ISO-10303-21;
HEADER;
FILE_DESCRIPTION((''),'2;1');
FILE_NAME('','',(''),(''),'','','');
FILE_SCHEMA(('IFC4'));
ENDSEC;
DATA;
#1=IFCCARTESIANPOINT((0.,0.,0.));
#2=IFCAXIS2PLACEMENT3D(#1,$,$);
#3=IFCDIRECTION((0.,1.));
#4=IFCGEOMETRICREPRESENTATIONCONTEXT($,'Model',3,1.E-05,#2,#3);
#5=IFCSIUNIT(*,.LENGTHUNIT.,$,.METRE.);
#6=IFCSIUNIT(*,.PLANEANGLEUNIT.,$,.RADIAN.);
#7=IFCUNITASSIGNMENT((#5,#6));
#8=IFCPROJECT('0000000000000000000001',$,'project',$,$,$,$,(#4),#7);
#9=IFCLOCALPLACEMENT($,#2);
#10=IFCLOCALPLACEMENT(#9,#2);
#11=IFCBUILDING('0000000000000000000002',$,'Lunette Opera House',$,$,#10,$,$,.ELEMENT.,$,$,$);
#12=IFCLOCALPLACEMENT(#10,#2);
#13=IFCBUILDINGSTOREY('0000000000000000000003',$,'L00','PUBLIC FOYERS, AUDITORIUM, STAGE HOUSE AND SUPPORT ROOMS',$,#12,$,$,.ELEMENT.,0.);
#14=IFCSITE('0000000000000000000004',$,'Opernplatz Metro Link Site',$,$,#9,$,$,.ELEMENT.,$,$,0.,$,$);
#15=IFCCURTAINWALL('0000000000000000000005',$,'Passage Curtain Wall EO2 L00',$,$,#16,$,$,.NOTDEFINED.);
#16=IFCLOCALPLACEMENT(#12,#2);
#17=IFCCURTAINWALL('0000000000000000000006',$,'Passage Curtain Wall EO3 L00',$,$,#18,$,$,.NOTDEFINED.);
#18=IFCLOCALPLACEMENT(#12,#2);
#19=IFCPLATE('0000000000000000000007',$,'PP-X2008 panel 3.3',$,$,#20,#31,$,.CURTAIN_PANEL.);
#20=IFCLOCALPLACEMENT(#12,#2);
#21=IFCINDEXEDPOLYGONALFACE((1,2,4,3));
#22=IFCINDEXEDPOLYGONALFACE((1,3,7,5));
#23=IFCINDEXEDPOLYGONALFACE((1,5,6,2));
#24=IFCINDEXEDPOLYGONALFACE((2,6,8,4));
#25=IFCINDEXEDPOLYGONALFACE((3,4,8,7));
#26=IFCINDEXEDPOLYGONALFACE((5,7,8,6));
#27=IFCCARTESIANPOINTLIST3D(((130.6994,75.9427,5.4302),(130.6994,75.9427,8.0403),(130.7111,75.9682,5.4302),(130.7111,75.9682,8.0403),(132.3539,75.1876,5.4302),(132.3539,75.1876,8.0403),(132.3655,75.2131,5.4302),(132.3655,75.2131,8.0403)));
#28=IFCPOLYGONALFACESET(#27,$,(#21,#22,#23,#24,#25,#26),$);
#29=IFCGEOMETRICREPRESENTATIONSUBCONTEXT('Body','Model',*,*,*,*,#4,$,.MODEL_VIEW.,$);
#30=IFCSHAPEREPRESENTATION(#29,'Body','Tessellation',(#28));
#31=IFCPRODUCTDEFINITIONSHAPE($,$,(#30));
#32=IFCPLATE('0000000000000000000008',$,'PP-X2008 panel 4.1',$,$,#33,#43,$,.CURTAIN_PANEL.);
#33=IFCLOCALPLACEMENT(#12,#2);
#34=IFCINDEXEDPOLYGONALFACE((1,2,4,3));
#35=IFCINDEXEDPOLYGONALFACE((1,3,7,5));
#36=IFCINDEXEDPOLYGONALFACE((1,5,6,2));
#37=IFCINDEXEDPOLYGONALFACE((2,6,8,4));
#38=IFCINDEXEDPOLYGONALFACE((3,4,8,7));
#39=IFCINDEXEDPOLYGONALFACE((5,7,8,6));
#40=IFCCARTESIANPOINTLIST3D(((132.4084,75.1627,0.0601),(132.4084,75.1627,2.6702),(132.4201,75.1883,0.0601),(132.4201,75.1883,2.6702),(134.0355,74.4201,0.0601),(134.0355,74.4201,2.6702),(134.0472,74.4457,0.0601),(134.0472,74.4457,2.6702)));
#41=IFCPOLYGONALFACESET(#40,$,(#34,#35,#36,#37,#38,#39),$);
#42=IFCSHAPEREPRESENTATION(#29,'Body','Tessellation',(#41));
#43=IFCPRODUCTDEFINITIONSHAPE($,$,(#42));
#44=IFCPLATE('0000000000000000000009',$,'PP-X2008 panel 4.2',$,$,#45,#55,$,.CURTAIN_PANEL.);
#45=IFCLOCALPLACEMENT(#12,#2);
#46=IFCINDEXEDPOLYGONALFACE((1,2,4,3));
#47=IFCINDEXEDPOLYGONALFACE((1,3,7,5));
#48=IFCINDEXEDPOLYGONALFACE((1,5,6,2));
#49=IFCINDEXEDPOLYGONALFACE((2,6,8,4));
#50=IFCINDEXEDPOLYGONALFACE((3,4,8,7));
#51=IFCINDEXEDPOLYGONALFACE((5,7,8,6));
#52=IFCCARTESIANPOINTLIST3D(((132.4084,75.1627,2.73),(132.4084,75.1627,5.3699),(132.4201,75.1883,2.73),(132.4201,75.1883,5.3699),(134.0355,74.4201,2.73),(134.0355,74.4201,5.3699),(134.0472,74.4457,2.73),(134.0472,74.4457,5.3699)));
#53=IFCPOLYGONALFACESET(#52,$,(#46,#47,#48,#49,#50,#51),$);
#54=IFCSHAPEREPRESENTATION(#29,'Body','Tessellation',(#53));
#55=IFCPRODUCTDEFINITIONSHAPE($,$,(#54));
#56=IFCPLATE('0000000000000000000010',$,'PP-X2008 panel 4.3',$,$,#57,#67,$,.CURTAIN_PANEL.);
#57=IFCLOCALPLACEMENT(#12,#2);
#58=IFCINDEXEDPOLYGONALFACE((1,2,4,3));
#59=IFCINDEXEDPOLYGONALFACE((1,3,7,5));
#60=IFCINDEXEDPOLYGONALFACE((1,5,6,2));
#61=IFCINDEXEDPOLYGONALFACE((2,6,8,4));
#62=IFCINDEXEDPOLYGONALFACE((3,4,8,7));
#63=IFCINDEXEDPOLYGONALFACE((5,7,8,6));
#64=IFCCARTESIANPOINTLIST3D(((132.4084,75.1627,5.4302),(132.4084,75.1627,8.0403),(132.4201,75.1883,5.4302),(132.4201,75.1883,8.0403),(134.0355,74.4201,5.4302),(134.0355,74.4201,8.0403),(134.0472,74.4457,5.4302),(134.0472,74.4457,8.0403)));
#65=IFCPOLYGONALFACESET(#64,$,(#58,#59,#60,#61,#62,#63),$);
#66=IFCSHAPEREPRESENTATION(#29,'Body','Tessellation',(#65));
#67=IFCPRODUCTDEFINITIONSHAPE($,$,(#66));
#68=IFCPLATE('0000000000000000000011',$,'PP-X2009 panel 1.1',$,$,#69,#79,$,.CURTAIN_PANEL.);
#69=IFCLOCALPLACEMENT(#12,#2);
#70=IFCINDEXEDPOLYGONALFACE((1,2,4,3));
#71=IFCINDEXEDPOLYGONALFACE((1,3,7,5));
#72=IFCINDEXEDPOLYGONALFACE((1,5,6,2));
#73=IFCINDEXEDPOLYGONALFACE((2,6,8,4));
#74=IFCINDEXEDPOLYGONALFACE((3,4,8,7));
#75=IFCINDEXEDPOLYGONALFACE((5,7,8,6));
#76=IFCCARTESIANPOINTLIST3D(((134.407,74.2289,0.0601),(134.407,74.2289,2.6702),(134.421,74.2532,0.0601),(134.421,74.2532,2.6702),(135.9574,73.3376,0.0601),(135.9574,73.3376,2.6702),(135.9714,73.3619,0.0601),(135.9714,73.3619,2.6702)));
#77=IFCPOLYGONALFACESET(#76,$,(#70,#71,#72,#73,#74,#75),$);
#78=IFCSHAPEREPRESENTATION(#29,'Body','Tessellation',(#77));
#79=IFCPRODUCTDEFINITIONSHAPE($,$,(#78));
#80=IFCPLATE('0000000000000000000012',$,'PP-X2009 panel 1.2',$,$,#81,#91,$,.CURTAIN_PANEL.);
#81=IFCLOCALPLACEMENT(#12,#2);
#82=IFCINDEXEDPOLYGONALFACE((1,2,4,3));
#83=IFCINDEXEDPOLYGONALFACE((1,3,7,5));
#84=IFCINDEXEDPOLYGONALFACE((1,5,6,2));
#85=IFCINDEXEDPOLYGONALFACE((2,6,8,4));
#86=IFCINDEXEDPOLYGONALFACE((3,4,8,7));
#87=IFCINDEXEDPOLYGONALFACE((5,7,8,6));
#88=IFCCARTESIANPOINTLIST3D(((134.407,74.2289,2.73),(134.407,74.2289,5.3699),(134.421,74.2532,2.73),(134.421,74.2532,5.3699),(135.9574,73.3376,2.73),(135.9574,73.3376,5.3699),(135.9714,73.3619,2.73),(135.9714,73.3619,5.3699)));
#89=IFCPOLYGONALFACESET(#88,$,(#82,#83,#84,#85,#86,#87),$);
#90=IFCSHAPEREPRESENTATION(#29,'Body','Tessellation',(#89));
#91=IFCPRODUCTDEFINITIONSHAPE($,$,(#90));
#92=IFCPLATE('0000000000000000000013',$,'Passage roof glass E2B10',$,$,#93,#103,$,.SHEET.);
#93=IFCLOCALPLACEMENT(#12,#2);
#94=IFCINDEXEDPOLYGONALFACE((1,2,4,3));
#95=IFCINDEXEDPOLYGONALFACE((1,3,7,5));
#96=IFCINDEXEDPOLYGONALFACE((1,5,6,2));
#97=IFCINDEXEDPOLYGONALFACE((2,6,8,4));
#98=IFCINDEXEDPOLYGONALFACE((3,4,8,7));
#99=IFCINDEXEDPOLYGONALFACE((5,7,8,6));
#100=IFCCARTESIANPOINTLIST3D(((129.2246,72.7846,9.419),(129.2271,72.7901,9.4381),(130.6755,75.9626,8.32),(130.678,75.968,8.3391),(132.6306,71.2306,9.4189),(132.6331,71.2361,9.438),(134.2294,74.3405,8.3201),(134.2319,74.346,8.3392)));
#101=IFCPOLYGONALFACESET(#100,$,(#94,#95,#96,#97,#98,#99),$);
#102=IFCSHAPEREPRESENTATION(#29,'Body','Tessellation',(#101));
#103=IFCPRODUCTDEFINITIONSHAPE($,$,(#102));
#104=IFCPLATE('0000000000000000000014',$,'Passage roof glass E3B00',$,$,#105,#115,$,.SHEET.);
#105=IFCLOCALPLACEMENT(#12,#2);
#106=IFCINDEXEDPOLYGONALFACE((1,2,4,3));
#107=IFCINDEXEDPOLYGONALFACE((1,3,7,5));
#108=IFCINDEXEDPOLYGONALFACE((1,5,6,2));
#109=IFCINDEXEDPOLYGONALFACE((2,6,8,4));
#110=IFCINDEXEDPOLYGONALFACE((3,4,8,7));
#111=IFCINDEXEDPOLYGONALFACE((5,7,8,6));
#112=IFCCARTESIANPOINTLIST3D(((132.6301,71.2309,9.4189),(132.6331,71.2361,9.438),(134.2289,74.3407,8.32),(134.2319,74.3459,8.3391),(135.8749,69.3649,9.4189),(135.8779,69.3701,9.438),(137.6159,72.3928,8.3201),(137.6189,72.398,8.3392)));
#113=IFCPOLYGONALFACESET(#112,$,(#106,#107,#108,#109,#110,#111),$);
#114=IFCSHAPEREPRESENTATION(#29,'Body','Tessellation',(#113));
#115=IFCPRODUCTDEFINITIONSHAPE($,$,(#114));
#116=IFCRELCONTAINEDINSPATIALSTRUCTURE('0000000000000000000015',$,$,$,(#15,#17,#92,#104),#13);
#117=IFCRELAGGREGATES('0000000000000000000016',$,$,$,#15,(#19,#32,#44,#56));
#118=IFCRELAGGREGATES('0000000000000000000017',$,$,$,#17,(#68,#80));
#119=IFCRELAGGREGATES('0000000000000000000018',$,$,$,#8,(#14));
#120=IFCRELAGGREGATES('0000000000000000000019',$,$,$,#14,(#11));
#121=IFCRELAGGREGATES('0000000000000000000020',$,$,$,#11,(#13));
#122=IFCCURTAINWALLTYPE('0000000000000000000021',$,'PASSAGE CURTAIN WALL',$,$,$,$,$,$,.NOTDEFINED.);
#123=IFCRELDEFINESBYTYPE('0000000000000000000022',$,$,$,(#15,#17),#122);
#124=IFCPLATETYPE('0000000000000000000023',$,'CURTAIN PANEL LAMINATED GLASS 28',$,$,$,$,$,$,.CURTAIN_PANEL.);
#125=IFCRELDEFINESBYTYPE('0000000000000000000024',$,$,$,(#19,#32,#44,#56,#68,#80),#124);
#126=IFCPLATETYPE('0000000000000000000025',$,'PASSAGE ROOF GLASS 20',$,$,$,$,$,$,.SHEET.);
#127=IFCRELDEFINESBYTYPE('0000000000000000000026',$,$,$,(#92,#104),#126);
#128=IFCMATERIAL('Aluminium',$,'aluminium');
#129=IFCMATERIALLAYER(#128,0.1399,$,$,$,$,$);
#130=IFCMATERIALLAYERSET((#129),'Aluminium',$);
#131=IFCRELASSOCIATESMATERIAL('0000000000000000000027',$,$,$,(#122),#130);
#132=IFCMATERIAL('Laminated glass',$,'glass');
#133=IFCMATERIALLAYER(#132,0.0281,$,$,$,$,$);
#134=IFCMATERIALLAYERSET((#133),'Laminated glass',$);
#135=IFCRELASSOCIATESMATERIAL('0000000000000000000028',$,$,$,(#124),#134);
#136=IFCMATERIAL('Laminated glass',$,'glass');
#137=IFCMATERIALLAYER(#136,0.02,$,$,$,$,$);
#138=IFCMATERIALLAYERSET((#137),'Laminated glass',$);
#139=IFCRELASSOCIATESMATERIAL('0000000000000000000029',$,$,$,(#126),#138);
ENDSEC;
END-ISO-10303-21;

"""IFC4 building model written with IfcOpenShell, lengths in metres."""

from ifc_helpers import new_model, si_unit, direction, frame, origin, origin_2d, place, context, subcontext, project, spatial, polyline, rectangle, outline, extrude, material, layer, layer_set, type_object, element, aggregate, save


model = new_model("IFC4")

# Units and contexts
model_context = context("Model", 3, precision=1e-05, world=origin(), true_north=direction((0.0, 1.0)))
body_context = subcontext(model_context, "Body", "Model", "MODEL_VIEW")
ifc_project = project(units=[si_unit("LENGTHUNIT", "METRE"), si_unit("PLANEANGLEUNIT", "RADIAN")], contexts=[model_context])

# Site, building, storey
site_placement = place(None, origin())
site = spatial("IfcSite", under=ifc_project, at=site_placement, Name="Opernplatz Metro Link Site", CompositionType="ELEMENT", RefElevation=0.0)
building_placement = place(site_placement, origin())
building = spatial("IfcBuilding", under=site, at=building_placement, Name="Lunette Opera House", CompositionType="ELEMENT")
storey_placement = place(building_placement, origin())
storey = spatial("IfcBuildingStorey", under=building, at=storey_placement, Name="L00", Description="PUBLIC FOYERS, AUDITORIUM, STAGE HOUSE AND SUPPORT ROOMS", CompositionType="ELEMENT", Elevation=0.0)

# Curtain wall
ifc_material_1 = material(Name="Aluminium", Category="aluminium")
ifc_layer_1 = layer(ifc_material_1, 0.1399)
ifc_layer_set_1 = layer_set([ifc_layer_1], Name="Aluminium")
curtain_wall_type = type_object("IfcCurtainWallType", Name="PASSAGE CURTAIN WALL", PredefinedType="NOTDEFINED", material=ifc_layer_set_1)
curtain_wall_1_placement = place(storey_placement, origin())
curtain_wall_1 = element("IfcCurtainWall", 1, at=curtain_wall_1_placement, inside=storey, type_object=curtain_wall_type, Name="Passage Curtain Wall EO2 L00", PredefinedType="NOTDEFINED")

# Curtain wall
curtain_wall_2_placement = place(storey_placement, origin())
curtain_wall_2 = element("IfcCurtainWall", 2, at=curtain_wall_2_placement, inside=storey, type_object=curtain_wall_type, Name="Passage Curtain Wall EO3 L00", PredefinedType="NOTDEFINED")

# Plates
ifc_material_2 = material(Name="Laminated glass", Category="glass")
ifc_layer_2 = layer(ifc_material_2, 0.0281)
ifc_layer_set_2 = layer_set([ifc_layer_2], Name="Laminated glass")
plate_type_1 = type_object("IfcPlateType", Name="CURTAIN PANEL LAMINATED GLASS 28", PredefinedType="CURTAIN_PANEL", material=ifc_layer_set_2)
plate_1_placement = place(storey_placement, frame((131.5325, 75.5779, 5.4302), z_axis=(0.0, 0.0, 1.0), x_axis=(0.909727, -0.415206, 0.0)))
plate_1 = element("IfcPlate", 3, at=plate_1_placement, type_object=plate_type_1, Name="PP-X2008 panel 3.3", PredefinedType="CURTAIN_PANEL", context=body_context, shape_type="SweptSolid", body=[
    extrude(rectangle(XDim=1.8186, YDim=0.0281, at=origin_2d()), origin(), (0.0, 0.0, 1.0), 2.6101),
])
plate_2_placement = place(storey_placement, frame((133.2278, 74.8042, 0.0601), z_axis=(0.0, 0.0, 1.0), x_axis=(0.909727, -0.415206, 0.0)))
plate_2 = element("IfcPlate", 4, at=plate_2_placement, type_object=plate_type_1, Name="PP-X2008 panel 4.1", PredefinedType="CURTAIN_PANEL", context=body_context, shape_type="SweptSolid", body=[
    extrude(rectangle(XDim=1.7886, YDim=0.0281, at=origin_2d()), origin(), (0.0, 0.0, 1.0), 2.6101),
])
plate_3_placement = place(storey_placement, frame((133.2278, 74.8042, 2.73), z_axis=(0.0, 0.0, 1.0), x_axis=(0.909727, -0.415206, 0.0)))
plate_3 = element("IfcPlate", 5, at=plate_3_placement, type_object=plate_type_1, Name="PP-X2008 panel 4.2", PredefinedType="CURTAIN_PANEL", context=body_context, shape_type="SweptSolid", body=[
    extrude(rectangle(XDim=1.7886, YDim=0.0281, at=origin_2d()), origin(), (0.0, 0.0, 1.0), 2.6399),
])
plate_4_placement = place(storey_placement, frame((133.2278, 74.8042, 5.4302), z_axis=(0.0, 0.0, 1.0), x_axis=(0.909727, -0.415206, 0.0)))
plate_4 = element("IfcPlate", 6, at=plate_4_placement, type_object=plate_type_1, Name="PP-X2008 panel 4.3", PredefinedType="CURTAIN_PANEL", context=body_context, shape_type="SweptSolid", body=[
    extrude(rectangle(XDim=1.7886, YDim=0.0281, at=origin_2d()), origin(), (0.0, 0.0, 1.0), 2.6101),
])
aggregate(curtain_wall_1, [plate_1, plate_2, plate_3, plate_4])
plate_5_placement = place(storey_placement, frame((135.1892, 73.7954, 0.0601), z_axis=(0.0, 0.0, 1.0), x_axis=(0.866938, -0.498416, 0.0)))
plate_5 = element("IfcPlate", 7, at=plate_5_placement, type_object=plate_type_1, Name="PP-X2009 panel 1.1", PredefinedType="CURTAIN_PANEL", context=body_context, shape_type="SweptSolid", body=[
    extrude(rectangle(XDim=1.7883, YDim=0.0281, at=origin_2d()), origin(), (0.0, 0.0, 1.0), 2.6101),
])
plate_6_placement = place(storey_placement, frame((135.1892, 73.7954, 2.73), z_axis=(0.0, 0.0, 1.0), x_axis=(0.866938, -0.498416, 0.0)))
plate_6 = element("IfcPlate", 8, at=plate_6_placement, type_object=plate_type_1, Name="PP-X2009 panel 1.2", PredefinedType="CURTAIN_PANEL", context=body_context, shape_type="SweptSolid", body=[
    extrude(rectangle(XDim=1.7883, YDim=0.0281, at=origin_2d()), origin(), (0.0, 0.0, 1.0), 2.6399),
])
aggregate(curtain_wall_2, [plate_5, plate_6])

# Plates
ifc_material_3 = material(Name="Laminated glass", Category="glass")
ifc_layer_3 = layer(ifc_material_3, 0.02)
ifc_layer_set_3 = layer_set([ifc_layer_3], Name="Laminated glass")
plate_type_2 = type_object("IfcPlateType", Name="PASSAGE ROOF GLASS 20", PredefinedType="SHEET", material=ifc_layer_set_3)
plate_7_placement = place(storey_placement, frame((130.678, 75.968, 8.3391), z_axis=(0.124575, 0.272994, 0.953916), x_axis=(0.909728, -0.415205, 0.00002)))
element("IfcPlate", 9, at=plate_7_placement, inside=storey, type_object=plate_type_2, Name="Passage roof glass E2B10", PredefinedType="SHEET", context=body_context, shape_type="SweptSolid", body=[
    extrude(outline(polyline([(0.0, 0.0), (3.9066, 0.0), (3.7433, -3.6618), (-0.0004, -3.6623), (0.0, 0.0)])), origin(), (0.0, 0.0, -1.0), 0.02),
])
plate_8_placement = place(storey_placement, frame((134.2319, 74.3459, 8.3391), z_axis=(0.149615, 0.260156, 0.953905), x_axis=(0.866853, -0.498563, 0.00001)))
element("IfcPlate", 10, at=plate_8_placement, inside=storey, type_object=plate_type_2, Name="Passage roof glass E3B00", PredefinedType="SHEET", context=body_context, shape_type="SweptSolid", body=[
    extrude(outline(polyline([(0.0, 0.0), (3.9072, 0.0), (3.9076, -3.6615), (0.1645, -3.6617), (0.0, 0.0)])), origin(), (0.0, 0.0, -1.0), 0.02),
])

save(model, "model.ifc")
